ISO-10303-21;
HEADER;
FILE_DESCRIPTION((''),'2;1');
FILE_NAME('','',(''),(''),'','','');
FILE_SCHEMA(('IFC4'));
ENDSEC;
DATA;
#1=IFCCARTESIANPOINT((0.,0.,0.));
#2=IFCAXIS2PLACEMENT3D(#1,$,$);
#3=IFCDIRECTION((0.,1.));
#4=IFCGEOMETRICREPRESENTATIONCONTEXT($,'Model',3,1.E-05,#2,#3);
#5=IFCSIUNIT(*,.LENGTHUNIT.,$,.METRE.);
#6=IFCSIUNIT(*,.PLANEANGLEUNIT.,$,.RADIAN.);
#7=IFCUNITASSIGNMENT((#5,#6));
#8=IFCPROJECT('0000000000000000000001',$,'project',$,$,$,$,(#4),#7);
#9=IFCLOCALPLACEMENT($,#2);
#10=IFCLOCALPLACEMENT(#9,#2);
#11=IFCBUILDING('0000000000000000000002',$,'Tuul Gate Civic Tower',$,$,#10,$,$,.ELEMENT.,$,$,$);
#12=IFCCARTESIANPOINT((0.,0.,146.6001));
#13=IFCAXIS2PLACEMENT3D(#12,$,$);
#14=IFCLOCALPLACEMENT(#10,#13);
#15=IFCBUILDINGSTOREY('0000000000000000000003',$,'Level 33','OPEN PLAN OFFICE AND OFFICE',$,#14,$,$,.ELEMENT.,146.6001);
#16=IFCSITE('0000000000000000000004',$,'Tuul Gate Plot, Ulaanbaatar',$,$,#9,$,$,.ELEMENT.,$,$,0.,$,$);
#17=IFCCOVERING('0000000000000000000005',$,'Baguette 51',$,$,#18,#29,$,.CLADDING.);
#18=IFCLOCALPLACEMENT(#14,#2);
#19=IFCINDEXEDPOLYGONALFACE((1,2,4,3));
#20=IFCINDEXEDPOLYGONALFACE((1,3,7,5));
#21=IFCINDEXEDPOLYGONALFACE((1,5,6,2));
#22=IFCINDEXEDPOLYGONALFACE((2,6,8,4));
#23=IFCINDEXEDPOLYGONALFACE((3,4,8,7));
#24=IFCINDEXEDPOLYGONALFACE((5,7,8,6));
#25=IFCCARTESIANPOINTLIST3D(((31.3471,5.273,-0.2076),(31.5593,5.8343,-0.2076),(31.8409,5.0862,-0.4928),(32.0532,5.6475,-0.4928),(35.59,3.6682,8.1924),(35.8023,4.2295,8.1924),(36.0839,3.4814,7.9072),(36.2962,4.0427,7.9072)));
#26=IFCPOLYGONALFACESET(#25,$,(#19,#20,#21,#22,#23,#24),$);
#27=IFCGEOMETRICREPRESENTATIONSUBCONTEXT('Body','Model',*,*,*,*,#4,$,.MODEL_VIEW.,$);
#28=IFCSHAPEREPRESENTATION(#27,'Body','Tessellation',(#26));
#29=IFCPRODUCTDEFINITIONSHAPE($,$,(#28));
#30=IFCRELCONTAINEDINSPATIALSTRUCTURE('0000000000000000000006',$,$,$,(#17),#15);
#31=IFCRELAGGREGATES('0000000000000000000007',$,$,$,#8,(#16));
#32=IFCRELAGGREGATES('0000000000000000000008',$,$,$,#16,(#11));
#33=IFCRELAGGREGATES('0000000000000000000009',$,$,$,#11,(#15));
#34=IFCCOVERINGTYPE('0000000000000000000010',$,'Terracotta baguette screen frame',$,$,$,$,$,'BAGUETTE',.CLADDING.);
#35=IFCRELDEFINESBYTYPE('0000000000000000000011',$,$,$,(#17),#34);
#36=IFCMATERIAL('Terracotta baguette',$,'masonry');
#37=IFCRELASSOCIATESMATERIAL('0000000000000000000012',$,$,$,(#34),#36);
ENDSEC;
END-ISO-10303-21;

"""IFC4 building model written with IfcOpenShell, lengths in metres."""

from ifc_helpers import new_model, si_unit, direction, frame, origin, origin_2d, place, context, subcontext, project, spatial, rectangle, extrude, material, material_profile, profile_set, type_object, element, save


model = new_model("IFC4")

# Units and contexts
model_context = context("Model", 3, precision=1e-05, world=origin(), true_north=direction((0.0, 1.0)))
body_context = subcontext(model_context, "Body", "Model", "MODEL_VIEW")
ifc_project = project(units=[si_unit("LENGTHUNIT", "METRE"), si_unit("PLANEANGLEUNIT", "RADIAN")], contexts=[model_context])

# Site, building, storey
site_placement = place(None, origin())
site = spatial("IfcSite", under=ifc_project, at=site_placement, Name="Tuul Gate Plot, Ulaanbaatar", CompositionType="ELEMENT", RefElevation=0.0)
building_placement = place(site_placement, origin())
building = spatial("IfcBuilding", under=site, at=building_placement, Name="Tuul Gate Civic Tower", CompositionType="ELEMENT")
storey_placement = place(building_placement, frame((0.0, 0.0, 146.6001)))
storey = spatial("IfcBuildingStorey", under=building, at=storey_placement, Name="Level 33", Description="OPEN PLAN OFFICE AND OFFICE", CompositionType="ELEMENT", Elevation=146.6001)

# Covering
ifc_material_1 = material(Name="Terracotta baguette", Category="masonry")
ifc_material_profile_1 = material_profile(ifc_material_1, rectangle(XDim=0.6001, YDim=0.6001, at=origin_2d()), Name="Terracotta baguette screen frame")
ifc_profile_set_1 = profile_set([ifc_material_profile_1], Name="Terracotta baguette")
covering_type = type_object("IfcCoveringType", Name="Terracotta baguette screen frame", ElementType="BAGUETTE", PredefinedType="CLADDING", material=ifc_profile_set_1)
covering_placement = place(storey_placement, frame((35.9431, 3.8555, 8.0498), z_axis=(-0.444447, 0.168097, -0.879892), x_axis=(-0.353758, -0.935337, 0.0)))
element("IfcCovering", 1, at=covering_placement, inside=storey, type_object=covering_type, Name="Baguette 51", PredefinedType="CLADDING", context=body_context, shape_type="SweptSolid", body=[
    extrude(rectangle(XDim=0.6001, YDim=0.6001, at=origin_2d()), origin(), (0.0, 0.0, 1.0), 9.5466),
])

save(model, "model.ifc")
